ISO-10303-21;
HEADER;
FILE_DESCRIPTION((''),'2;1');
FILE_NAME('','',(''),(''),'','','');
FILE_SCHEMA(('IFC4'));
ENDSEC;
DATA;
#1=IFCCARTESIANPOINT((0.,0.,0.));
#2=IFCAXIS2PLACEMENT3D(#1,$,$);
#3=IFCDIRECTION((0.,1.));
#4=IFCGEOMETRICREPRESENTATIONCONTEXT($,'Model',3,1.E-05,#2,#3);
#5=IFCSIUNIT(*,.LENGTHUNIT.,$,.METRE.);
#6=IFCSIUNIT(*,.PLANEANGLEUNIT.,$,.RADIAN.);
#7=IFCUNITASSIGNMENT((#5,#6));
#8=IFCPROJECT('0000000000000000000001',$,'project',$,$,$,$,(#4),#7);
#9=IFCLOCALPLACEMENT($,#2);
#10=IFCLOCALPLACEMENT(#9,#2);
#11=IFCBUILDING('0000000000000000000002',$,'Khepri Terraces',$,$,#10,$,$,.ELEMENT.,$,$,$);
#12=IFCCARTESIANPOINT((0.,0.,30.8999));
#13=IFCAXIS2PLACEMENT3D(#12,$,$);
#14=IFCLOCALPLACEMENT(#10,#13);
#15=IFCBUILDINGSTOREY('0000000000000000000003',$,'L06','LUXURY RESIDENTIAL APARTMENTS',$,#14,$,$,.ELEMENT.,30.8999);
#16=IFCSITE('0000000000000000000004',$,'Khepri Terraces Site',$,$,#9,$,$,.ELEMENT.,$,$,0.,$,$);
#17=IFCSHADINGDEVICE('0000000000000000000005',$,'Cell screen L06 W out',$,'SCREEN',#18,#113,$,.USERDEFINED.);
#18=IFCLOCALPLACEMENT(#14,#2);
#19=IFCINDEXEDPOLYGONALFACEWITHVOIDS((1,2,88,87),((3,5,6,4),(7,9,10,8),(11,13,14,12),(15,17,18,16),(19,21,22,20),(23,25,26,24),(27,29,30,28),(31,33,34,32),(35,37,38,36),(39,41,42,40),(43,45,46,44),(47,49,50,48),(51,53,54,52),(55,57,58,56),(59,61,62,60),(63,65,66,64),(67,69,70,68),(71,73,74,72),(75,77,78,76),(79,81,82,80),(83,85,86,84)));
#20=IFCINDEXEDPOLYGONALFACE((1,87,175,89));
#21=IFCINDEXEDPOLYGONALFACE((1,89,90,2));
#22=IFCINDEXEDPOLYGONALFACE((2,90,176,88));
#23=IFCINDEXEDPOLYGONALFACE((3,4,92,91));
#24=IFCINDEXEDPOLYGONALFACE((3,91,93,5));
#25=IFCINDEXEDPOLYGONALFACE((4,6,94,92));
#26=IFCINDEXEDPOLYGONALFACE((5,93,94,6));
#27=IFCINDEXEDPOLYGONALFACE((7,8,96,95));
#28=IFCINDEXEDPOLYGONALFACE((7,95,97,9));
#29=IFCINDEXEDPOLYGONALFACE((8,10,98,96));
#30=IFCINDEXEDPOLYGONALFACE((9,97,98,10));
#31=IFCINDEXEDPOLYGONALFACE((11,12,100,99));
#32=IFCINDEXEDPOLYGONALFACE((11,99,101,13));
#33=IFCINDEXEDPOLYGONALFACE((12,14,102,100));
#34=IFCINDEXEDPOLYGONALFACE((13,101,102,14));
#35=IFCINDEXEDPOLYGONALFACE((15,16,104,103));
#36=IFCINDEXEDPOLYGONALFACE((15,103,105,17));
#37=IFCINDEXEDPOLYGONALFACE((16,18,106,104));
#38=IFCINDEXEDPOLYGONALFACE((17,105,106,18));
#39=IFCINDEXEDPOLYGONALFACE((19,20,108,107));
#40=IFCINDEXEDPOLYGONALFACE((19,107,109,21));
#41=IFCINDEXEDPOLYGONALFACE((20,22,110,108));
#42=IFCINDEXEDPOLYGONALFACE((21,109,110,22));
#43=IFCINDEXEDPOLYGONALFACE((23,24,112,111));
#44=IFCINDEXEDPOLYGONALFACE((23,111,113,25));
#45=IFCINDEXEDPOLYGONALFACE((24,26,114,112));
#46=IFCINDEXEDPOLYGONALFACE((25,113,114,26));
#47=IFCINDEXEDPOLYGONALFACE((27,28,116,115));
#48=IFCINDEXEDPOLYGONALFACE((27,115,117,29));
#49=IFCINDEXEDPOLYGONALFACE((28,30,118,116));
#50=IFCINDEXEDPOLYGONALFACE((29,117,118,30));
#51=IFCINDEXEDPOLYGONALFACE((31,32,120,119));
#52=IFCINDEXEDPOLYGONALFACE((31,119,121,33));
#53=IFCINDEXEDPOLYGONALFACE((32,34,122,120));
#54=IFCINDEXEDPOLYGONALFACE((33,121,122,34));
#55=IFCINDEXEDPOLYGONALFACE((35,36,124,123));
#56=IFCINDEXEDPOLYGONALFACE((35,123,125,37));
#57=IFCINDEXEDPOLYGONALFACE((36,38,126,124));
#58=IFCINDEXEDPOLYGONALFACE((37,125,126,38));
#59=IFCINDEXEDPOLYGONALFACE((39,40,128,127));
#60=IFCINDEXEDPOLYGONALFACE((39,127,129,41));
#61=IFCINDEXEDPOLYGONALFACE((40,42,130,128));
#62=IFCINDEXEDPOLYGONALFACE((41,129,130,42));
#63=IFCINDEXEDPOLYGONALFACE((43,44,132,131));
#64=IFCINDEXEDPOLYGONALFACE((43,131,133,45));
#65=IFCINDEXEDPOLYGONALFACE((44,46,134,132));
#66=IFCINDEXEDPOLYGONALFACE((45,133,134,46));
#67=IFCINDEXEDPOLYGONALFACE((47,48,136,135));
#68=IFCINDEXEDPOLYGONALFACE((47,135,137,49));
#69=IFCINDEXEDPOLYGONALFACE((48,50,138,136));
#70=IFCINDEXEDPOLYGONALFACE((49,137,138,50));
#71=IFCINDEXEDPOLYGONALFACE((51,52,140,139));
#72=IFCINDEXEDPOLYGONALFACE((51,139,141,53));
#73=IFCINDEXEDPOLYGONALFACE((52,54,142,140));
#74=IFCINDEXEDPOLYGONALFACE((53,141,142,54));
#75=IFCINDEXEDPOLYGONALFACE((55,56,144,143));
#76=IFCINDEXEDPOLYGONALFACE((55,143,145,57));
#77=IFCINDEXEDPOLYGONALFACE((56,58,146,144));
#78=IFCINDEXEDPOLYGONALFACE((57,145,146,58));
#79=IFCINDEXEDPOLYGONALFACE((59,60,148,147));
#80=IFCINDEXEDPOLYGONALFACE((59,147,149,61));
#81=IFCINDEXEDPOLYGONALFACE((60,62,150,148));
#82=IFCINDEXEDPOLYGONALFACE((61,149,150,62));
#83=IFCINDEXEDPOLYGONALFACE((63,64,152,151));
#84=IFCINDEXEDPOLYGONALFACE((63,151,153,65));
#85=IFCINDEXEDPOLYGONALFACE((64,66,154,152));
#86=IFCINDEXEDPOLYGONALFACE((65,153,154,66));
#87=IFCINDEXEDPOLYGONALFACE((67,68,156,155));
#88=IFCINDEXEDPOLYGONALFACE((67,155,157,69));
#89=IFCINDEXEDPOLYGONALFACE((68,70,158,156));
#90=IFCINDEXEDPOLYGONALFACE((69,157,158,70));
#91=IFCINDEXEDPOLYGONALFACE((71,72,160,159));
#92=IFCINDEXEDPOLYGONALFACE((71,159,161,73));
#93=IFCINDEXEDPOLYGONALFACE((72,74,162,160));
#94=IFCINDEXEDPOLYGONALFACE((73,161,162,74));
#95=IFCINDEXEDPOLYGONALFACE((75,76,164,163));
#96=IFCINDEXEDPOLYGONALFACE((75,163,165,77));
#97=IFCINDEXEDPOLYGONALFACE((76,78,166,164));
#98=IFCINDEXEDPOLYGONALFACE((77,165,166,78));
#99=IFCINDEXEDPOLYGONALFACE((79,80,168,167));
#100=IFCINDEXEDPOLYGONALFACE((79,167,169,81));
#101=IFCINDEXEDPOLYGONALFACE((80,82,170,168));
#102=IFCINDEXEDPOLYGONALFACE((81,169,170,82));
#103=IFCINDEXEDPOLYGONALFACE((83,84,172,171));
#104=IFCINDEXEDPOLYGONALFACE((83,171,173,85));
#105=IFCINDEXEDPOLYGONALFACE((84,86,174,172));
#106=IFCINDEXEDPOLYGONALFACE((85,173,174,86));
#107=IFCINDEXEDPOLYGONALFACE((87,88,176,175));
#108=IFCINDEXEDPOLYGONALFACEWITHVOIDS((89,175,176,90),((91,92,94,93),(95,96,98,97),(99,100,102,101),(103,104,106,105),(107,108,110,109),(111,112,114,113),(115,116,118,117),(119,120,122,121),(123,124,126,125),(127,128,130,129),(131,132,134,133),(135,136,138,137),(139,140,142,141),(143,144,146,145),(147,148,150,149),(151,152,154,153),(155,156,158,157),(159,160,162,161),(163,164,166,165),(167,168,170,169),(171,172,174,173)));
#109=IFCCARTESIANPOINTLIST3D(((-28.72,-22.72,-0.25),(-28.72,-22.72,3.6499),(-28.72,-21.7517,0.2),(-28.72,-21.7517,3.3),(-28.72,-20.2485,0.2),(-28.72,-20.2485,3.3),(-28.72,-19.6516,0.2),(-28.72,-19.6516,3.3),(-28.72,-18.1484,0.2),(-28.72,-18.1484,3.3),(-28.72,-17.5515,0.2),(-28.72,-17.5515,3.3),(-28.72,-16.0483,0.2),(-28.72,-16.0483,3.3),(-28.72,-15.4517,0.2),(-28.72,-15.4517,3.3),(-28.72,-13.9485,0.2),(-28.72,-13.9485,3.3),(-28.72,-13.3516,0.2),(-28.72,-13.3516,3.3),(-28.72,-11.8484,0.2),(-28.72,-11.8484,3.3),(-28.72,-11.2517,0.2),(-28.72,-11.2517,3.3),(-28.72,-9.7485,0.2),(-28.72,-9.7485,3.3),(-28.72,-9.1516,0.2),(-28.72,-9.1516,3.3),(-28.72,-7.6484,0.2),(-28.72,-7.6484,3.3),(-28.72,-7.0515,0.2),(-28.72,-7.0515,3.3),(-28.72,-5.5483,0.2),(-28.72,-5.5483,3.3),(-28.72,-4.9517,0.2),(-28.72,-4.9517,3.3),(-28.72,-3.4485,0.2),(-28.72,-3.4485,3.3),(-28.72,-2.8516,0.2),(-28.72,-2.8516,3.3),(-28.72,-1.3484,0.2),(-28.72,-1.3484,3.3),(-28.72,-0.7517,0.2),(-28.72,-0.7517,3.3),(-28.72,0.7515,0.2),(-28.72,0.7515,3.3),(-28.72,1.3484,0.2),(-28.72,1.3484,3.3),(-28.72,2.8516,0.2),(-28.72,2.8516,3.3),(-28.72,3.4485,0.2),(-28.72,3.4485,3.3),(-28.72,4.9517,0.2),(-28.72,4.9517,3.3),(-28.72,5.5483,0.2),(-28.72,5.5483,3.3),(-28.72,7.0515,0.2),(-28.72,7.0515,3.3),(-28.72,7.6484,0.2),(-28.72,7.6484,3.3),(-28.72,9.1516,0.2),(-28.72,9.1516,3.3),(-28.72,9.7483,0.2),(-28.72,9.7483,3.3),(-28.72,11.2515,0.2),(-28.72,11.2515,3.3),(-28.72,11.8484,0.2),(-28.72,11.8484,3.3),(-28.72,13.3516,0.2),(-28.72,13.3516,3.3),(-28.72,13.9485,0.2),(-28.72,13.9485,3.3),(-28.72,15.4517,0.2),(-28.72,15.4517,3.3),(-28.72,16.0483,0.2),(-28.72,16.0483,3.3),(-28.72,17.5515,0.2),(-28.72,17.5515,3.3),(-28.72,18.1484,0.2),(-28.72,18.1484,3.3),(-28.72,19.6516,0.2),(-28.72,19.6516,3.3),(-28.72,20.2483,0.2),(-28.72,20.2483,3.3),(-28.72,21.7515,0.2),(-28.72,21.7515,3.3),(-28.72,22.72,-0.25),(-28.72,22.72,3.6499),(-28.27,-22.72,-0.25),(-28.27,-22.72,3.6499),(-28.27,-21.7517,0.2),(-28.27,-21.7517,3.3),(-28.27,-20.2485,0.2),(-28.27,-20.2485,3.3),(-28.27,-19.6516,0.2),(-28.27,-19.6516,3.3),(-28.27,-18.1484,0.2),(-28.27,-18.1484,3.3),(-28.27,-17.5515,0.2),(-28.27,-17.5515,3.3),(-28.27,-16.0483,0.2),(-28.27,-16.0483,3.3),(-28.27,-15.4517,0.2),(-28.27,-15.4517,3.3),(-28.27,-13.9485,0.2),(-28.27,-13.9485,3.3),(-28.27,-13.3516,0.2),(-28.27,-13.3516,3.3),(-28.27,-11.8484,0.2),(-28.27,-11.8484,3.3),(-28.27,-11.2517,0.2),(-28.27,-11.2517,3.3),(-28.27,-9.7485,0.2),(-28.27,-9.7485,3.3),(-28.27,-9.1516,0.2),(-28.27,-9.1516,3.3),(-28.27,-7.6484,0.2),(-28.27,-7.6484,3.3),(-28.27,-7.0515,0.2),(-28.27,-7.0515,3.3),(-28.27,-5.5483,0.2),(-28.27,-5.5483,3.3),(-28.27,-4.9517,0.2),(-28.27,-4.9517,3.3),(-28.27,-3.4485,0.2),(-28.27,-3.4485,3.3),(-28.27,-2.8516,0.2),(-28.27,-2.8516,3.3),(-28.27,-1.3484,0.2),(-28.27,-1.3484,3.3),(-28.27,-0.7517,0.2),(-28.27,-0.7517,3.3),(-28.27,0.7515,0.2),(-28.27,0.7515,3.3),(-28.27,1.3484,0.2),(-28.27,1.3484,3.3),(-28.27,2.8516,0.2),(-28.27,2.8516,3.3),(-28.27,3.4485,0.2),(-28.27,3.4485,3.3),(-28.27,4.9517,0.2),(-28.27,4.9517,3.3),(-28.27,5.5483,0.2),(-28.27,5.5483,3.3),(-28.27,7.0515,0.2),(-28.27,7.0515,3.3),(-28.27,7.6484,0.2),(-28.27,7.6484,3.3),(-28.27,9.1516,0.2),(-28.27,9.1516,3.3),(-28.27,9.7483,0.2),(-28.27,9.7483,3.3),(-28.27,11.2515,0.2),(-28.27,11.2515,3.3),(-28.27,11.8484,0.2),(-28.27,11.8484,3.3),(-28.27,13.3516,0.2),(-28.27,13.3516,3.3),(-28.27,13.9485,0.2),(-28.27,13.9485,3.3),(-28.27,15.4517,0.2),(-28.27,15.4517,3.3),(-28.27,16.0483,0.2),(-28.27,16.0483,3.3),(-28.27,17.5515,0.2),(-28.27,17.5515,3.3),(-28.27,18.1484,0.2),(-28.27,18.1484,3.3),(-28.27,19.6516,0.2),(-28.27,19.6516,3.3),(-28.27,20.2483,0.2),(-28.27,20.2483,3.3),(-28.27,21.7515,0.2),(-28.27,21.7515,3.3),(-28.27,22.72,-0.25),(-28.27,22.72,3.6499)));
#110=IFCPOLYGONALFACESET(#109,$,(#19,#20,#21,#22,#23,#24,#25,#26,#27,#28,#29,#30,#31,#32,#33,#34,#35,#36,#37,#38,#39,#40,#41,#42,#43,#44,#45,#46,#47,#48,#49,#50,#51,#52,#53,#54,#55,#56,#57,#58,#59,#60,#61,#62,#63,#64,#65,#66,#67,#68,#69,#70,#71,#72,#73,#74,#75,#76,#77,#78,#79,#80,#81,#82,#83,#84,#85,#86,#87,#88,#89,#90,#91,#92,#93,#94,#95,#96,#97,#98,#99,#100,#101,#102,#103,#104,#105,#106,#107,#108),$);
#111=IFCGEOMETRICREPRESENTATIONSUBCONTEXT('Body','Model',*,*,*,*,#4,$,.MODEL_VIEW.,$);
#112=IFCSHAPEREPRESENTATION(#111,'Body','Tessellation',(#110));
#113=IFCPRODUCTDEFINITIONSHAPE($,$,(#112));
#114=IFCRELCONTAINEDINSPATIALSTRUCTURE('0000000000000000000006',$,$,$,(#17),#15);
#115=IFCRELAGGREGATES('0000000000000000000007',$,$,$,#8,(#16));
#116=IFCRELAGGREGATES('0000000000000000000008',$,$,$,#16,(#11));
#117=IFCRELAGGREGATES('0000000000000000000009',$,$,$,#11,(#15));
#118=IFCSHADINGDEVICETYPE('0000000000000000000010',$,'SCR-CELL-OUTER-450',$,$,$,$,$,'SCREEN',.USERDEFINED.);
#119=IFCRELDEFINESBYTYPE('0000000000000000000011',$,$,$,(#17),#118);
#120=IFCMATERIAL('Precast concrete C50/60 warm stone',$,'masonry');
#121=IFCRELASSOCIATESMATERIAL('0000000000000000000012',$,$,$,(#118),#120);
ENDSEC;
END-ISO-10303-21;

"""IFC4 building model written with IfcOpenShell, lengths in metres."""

from ifc_helpers import new_model, si_unit, direction, frame, origin, place, context, subcontext, project, spatial, polyline, outline, extrude, material, type_object, element, save


model = new_model("IFC4")

# Units and contexts
model_context = context("Model", 3, precision=1e-05, world=origin(), true_north=direction((0.0, 1.0)))
body_context = subcontext(model_context, "Body", "Model", "MODEL_VIEW")
ifc_project = project(units=[si_unit("LENGTHUNIT", "METRE"), si_unit("PLANEANGLEUNIT", "RADIAN")], contexts=[model_context])

# Site, building, storey
site_placement = place(None, origin())
site = spatial("IfcSite", under=ifc_project, at=site_placement, Name="Khepri Terraces Site", CompositionType="ELEMENT", RefElevation=0.0)
building_placement = place(site_placement, origin())
building = spatial("IfcBuilding", under=site, at=building_placement, Name="Khepri Terraces", CompositionType="ELEMENT")
storey_placement = place(building_placement, frame((0.0, 0.0, 30.8999)))
storey = spatial("IfcBuildingStorey", under=building, at=storey_placement, Name="L06", Description="LUXURY RESIDENTIAL APARTMENTS", CompositionType="ELEMENT", Elevation=30.8999)

# Shared definitions
ifc_material_1 = material(Name="Precast concrete C50/60 warm stone", Category="masonry")

# Shading device
shading_device_type_1 = type_object("IfcShadingDeviceType", Name="SCR-CELL-OUTER-450", ElementType="SCREEN", PredefinedType="USERDEFINED", material=ifc_material_1)
shading_device_1_placement = place(storey_placement, frame((-28.27, 22.72, -0.25), z_axis=(-1.0, 0.0, 0.0), x_axis=(0.0, -1.0, 0.0)))
element("IfcShadingDevice", 1, at=shading_device_1_placement, inside=storey, type_object=shading_device_type_1, Name="Cell screen L06 W out", ObjectType="SCREEN", PredefinedType="USERDEFINED", context=body_context, shape_type="SweptSolid", body=[
    extrude(outline(polyline([(0.0, 0.0), (45.4399, 0.0), (45.4399, 3.8999), (0.0, 3.8999), (0.0, 0.0)]), holes=[polyline([(0.9685, 0.45), (2.4717, 0.45), (2.4717, 3.55), (0.9685, 3.55), (0.9685, 0.45)]), polyline([(3.0684, 0.45), (4.5715, 0.45), (4.5715, 3.55), (3.0684, 3.55), (3.0684, 0.45)]), polyline([(5.1685, 0.45), (6.6716, 0.45), (6.6716, 3.55), (5.1685, 3.55), (5.1685, 0.45)]), polyline([(7.2683, 0.45), (8.7715, 0.45), (8.7715, 3.55), (7.2683, 3.55), (7.2683, 0.45)]), polyline([(9.3684, 0.45), (10.8716, 0.45), (10.8716, 3.55), (9.3684, 3.55), (9.3684, 0.45)]), polyline([(11.4685, 0.45), (12.9717, 0.45), (12.9717, 3.55), (11.4685, 3.55), (11.4685, 0.45)]), polyline([(13.5684, 0.45), (15.0715, 0.45), (15.0715, 3.55), (13.5684, 3.55), (13.5684, 0.45)]), polyline([(15.6685, 0.45), (17.1716, 0.45), (17.1716, 3.55), (15.6685, 3.55), (15.6685, 0.45)]), polyline([(17.7683, 0.45), (19.2715, 0.45), (19.2715, 3.55), (17.7683, 3.55), (17.7683, 0.45)]), polyline([(19.8684, 0.45), (21.3716, 0.45), (21.3716, 3.55), (19.8684, 3.55), (19.8684, 0.45)]), polyline([(21.9685, 0.45), (23.4717, 0.45), (23.4717, 3.55), (21.9685, 3.55), (21.9685, 0.45)]), polyline([(24.0684, 0.45), (25.5715, 0.45), (25.5715, 3.55), (24.0684, 3.55), (24.0684, 0.45)]), polyline([(26.1685, 0.45), (27.6716, 0.45), (27.6716, 3.55), (26.1685, 3.55), (26.1685, 0.45)]), polyline([(28.2683, 0.45), (29.7715, 0.45), (29.7715, 3.55), (28.2683, 3.55), (28.2683, 0.45)]), polyline([(30.3684, 0.45), (31.8716, 0.45), (31.8716, 3.55), (30.3684, 3.55), (30.3684, 0.45)]), polyline([(32.4685, 0.45), (33.9717, 0.45), (33.9717, 3.55), (32.4685, 3.55), (32.4685, 0.45)]), polyline([(34.5684, 0.45), (36.0715, 0.45), (36.0715, 3.55), (34.5684, 3.55), (34.5684, 0.45)]), polyline([(36.6685, 0.45), (38.1716, 0.45), (38.1716, 3.55), (36.6685, 3.55), (36.6685, 0.45)]), polyline([(38.7683, 0.45), (40.2715, 0.45), (40.2715, 3.55), (38.7683, 3.55), (38.7683, 0.45)]), polyline([(40.8684, 0.45), (42.3716, 0.45), (42.3716, 3.55), (40.8684, 3.55), (40.8684, 0.45)]), polyline([(42.9685, 0.45), (44.4717, 0.45), (44.4717, 3.55), (42.9685, 3.55), (42.9685, 0.45)])]), origin(), (0.0, 0.0, 1.0), 0.45),
])

save(model, "model.ifc")
